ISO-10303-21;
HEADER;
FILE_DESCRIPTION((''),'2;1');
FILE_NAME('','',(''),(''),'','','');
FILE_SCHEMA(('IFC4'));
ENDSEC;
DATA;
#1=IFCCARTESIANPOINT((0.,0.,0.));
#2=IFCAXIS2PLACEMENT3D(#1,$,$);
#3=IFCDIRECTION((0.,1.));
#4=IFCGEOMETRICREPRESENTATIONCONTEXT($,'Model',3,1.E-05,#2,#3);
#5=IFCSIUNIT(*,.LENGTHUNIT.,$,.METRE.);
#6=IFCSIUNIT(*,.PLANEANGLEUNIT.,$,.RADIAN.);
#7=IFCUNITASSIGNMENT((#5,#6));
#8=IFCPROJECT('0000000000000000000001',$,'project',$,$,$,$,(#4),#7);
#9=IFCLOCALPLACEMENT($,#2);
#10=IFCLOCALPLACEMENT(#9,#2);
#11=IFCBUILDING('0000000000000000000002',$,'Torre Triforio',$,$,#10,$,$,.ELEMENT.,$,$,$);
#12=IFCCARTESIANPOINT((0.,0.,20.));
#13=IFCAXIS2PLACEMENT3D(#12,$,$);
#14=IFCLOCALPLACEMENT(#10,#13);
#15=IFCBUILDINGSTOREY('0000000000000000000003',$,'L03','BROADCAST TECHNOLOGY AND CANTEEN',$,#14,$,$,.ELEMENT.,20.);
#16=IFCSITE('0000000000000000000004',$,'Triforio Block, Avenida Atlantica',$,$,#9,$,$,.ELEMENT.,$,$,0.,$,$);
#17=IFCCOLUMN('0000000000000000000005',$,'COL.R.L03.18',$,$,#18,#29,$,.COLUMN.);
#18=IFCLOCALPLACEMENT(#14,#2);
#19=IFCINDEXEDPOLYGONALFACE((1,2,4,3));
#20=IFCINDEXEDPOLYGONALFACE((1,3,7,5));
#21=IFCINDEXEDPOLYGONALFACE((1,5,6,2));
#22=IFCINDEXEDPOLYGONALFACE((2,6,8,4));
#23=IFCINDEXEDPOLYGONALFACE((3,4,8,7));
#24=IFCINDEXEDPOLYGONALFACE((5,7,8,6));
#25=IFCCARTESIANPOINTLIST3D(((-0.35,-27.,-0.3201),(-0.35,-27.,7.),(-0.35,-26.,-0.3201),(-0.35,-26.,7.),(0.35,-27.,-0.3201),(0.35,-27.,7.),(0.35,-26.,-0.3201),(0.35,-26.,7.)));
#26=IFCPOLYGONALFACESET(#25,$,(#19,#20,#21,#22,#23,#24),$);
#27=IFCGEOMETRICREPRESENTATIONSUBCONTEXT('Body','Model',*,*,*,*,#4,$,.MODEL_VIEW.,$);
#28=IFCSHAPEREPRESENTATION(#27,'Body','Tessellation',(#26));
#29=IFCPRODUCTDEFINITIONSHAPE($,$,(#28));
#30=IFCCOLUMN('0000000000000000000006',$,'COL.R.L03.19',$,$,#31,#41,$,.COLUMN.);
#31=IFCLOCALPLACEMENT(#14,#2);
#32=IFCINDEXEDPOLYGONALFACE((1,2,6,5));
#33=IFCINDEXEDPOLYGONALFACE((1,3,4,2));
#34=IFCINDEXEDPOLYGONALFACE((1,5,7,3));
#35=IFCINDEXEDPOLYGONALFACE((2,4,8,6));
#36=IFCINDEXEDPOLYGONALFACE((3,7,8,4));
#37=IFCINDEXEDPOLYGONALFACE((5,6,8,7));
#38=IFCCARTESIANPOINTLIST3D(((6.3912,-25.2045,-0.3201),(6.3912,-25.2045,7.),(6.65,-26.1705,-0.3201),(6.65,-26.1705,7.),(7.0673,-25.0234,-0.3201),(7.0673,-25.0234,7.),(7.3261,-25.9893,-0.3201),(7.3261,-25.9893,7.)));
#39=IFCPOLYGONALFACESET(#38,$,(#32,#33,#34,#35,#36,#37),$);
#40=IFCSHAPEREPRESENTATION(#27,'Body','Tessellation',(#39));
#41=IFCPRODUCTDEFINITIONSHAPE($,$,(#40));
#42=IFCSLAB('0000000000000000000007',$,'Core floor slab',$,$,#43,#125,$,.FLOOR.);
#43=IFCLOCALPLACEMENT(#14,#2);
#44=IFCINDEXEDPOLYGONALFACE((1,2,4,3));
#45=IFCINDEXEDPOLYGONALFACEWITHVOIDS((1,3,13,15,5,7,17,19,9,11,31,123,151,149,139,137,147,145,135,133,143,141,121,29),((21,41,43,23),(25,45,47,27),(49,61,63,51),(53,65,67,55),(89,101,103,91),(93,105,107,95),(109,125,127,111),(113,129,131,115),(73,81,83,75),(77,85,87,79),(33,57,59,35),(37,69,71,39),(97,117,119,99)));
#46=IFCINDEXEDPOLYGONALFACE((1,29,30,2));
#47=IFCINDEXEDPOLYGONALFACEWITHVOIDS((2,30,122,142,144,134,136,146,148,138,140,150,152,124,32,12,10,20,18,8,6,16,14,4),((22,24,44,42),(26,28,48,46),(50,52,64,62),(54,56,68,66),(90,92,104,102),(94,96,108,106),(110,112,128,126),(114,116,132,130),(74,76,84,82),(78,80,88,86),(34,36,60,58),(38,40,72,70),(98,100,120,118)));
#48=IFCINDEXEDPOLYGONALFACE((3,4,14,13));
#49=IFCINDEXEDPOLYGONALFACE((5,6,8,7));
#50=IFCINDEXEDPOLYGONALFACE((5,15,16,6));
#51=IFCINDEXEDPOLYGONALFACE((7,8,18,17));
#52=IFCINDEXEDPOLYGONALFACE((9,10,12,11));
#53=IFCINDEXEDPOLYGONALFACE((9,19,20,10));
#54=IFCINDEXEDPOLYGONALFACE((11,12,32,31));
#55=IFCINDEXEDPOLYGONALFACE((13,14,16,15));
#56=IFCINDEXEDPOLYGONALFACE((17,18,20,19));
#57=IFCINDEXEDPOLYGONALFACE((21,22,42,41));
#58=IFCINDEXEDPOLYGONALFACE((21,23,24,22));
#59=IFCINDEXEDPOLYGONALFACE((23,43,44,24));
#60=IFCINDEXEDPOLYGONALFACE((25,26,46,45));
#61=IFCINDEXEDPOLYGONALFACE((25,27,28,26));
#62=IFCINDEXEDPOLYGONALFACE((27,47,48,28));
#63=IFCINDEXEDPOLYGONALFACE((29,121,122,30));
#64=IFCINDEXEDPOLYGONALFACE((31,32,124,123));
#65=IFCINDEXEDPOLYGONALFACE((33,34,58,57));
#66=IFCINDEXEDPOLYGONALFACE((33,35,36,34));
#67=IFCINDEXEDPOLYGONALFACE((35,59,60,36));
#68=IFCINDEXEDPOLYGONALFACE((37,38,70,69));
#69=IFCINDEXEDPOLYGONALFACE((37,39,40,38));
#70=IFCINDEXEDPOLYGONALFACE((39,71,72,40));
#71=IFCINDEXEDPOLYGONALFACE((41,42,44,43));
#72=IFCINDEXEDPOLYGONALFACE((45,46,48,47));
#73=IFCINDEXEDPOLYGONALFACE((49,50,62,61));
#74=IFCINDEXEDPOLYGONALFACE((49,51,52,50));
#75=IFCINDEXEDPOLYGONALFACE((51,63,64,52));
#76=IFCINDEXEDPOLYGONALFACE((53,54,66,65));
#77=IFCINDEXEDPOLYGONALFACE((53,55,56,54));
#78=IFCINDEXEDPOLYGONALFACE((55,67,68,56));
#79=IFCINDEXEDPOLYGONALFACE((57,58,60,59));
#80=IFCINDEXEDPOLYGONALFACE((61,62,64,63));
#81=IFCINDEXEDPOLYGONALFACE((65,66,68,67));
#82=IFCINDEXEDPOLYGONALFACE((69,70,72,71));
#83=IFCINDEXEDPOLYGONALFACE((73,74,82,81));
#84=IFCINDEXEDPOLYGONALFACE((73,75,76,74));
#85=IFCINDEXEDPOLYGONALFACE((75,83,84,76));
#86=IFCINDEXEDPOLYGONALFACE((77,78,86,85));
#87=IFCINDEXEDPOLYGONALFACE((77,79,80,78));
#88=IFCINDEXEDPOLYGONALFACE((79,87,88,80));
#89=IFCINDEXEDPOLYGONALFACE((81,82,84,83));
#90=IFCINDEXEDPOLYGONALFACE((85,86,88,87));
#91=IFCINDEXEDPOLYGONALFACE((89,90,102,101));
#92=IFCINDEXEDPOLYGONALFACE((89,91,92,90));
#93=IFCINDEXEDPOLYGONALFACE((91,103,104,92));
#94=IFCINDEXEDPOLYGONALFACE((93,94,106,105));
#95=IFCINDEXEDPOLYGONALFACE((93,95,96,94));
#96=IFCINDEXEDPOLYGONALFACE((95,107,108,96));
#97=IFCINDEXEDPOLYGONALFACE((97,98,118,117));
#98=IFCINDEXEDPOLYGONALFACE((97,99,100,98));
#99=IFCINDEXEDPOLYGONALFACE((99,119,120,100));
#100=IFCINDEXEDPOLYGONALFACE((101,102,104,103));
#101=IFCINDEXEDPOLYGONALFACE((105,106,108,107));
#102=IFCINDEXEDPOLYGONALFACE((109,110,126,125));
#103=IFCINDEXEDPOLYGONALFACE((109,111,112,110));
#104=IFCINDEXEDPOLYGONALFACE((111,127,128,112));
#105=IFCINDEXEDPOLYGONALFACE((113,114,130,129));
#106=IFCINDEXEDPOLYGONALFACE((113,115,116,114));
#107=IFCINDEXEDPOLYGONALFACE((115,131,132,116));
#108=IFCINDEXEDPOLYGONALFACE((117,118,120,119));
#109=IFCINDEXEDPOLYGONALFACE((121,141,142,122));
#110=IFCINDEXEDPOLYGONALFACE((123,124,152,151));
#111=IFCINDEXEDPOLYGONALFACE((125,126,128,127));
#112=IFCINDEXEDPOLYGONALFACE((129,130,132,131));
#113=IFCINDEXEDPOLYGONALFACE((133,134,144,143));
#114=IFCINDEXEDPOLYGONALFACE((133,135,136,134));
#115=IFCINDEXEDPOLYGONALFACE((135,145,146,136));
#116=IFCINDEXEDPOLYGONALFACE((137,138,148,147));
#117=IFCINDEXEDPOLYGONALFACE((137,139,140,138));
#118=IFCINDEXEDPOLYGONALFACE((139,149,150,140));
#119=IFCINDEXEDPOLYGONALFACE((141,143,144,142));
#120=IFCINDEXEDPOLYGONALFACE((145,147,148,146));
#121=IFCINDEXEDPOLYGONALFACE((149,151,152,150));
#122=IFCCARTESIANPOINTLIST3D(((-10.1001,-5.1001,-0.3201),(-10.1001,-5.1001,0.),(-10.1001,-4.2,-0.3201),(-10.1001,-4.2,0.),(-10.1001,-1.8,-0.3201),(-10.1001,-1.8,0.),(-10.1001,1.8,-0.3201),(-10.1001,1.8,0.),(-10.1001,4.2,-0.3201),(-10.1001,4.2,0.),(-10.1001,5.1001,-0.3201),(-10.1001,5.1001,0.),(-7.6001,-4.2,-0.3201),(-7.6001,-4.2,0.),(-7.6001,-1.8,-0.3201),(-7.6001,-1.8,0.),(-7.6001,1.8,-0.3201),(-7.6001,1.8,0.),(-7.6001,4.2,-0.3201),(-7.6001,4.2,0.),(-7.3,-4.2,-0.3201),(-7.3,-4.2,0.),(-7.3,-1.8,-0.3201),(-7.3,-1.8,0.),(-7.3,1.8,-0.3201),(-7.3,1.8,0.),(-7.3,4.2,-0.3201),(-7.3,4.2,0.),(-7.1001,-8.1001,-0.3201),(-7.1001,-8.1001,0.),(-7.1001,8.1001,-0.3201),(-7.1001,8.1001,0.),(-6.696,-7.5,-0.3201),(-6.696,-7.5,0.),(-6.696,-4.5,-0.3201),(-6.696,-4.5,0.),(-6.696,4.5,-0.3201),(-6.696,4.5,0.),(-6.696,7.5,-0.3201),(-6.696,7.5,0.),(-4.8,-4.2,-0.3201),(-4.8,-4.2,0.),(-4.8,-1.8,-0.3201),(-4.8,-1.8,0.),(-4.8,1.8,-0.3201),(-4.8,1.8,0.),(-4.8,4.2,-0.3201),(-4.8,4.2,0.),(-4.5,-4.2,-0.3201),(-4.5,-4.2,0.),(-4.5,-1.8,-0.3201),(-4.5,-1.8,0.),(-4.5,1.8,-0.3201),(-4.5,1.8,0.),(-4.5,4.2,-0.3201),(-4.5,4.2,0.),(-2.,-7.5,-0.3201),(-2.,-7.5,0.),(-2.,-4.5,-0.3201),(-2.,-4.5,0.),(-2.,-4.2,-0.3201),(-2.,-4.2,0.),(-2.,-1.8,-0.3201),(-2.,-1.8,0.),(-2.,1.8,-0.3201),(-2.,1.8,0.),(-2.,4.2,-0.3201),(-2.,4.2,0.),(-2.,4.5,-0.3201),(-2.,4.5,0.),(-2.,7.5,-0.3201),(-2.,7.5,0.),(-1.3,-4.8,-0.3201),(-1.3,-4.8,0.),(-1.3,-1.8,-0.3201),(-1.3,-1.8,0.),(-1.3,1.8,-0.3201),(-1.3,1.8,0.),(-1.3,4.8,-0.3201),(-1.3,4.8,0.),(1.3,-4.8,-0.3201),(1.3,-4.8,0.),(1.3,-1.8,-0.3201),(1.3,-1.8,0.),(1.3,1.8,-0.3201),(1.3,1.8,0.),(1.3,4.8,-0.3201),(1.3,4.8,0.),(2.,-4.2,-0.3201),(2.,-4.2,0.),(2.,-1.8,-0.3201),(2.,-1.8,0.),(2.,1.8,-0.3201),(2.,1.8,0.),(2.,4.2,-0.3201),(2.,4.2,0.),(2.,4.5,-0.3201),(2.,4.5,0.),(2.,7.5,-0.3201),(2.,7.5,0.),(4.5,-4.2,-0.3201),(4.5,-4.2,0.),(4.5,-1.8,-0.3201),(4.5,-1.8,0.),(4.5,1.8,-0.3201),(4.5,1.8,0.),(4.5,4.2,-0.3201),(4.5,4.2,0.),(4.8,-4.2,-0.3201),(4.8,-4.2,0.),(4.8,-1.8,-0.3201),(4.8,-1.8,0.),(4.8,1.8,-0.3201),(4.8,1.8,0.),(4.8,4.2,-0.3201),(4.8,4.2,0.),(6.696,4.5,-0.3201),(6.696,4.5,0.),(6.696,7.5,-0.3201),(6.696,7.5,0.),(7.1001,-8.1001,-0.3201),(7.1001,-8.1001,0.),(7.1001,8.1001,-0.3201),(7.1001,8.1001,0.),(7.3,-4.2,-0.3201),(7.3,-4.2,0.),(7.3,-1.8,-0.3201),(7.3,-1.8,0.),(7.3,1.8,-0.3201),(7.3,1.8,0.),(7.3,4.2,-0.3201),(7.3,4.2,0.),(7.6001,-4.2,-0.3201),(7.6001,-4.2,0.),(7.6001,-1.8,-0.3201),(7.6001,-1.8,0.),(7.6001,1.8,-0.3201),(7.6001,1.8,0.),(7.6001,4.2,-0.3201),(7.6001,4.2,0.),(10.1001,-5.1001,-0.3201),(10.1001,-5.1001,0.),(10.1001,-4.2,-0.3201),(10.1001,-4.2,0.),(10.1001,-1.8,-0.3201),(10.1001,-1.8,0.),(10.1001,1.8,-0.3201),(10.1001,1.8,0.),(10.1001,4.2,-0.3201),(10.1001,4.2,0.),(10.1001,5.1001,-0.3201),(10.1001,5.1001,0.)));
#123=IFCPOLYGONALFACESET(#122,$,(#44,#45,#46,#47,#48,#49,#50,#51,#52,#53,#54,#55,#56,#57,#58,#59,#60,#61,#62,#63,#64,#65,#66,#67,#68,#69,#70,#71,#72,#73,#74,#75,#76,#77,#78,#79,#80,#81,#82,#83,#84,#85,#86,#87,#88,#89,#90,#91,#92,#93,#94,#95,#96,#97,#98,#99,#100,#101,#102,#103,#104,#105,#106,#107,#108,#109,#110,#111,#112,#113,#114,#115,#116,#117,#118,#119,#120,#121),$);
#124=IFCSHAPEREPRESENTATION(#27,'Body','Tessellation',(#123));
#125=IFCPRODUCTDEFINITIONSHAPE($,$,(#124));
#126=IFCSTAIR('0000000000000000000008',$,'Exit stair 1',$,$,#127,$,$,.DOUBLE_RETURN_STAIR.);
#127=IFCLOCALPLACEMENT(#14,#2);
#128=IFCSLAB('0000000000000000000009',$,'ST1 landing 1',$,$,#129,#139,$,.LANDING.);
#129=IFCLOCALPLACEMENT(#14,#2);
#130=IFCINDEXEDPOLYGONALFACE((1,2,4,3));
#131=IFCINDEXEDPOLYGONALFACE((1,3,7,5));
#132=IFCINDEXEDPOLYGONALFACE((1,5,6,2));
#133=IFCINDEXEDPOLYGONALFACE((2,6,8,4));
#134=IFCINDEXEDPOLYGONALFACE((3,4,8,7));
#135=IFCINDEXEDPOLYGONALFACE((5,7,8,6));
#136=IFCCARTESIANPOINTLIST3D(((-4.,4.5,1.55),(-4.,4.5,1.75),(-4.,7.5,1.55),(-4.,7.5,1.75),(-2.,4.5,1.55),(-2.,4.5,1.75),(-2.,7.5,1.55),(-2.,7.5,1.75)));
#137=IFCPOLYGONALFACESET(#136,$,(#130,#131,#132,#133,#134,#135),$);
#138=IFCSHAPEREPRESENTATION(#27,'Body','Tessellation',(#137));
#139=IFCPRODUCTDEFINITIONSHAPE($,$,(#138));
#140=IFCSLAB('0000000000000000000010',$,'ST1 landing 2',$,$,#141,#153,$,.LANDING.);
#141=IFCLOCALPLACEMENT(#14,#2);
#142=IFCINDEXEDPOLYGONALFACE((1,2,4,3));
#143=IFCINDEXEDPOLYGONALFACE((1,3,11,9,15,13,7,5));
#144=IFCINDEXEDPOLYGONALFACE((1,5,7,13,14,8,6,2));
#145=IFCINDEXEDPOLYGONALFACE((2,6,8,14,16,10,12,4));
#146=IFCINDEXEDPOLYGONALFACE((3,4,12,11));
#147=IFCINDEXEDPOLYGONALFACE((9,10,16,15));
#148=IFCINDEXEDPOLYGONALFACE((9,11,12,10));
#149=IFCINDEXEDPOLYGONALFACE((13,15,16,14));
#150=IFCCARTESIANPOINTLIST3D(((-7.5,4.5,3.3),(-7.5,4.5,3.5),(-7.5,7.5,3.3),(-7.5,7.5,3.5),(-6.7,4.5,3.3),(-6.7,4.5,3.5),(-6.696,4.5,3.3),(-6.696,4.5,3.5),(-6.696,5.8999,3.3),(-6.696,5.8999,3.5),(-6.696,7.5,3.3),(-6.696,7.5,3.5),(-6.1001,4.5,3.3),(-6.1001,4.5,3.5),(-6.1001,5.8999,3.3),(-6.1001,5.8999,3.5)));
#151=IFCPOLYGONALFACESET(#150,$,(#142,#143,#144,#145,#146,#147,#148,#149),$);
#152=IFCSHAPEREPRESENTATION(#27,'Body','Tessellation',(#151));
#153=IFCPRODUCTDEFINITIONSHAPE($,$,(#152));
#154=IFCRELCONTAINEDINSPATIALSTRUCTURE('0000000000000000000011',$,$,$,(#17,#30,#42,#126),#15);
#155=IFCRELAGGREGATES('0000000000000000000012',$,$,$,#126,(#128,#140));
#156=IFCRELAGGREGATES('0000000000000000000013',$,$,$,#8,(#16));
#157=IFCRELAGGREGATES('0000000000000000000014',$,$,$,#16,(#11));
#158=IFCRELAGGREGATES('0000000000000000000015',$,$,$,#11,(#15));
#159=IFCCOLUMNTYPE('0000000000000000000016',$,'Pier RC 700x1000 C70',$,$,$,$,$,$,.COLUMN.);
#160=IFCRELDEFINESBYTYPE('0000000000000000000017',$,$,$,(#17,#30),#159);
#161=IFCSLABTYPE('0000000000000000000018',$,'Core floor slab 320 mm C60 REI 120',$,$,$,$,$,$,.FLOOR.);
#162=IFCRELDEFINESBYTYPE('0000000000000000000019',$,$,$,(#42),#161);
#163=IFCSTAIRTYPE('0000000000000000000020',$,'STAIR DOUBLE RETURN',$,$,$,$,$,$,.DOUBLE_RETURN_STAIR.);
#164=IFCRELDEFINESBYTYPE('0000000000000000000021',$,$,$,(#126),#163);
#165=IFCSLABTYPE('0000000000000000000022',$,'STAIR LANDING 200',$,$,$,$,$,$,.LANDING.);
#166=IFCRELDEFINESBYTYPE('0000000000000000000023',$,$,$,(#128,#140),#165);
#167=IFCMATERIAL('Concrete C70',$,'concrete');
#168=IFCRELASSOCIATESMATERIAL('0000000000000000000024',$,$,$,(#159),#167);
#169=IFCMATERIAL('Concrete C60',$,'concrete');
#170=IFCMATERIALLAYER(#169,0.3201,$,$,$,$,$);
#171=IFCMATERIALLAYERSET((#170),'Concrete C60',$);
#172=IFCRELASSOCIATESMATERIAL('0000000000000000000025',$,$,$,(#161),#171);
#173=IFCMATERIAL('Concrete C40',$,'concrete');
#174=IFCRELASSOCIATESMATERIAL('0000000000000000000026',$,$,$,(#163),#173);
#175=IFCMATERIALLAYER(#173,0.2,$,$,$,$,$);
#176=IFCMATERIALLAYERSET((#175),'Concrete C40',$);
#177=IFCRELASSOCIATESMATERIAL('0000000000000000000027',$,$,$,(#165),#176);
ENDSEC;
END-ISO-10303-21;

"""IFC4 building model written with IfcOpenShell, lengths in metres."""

from ifc_helpers import new_model, si_unit, direction, frame, origin, origin_2d, place, context, subcontext, project, spatial, polyline, rectangle, outline, extrude, material, layer, layer_set, material_profile, profile_set, type_object, element, aggregate, save


model = new_model("IFC4")

# Units and contexts
model_context = context("Model", 3, precision=1e-05, world=origin(), true_north=direction((0.0, 1.0)))
body_context = subcontext(model_context, "Body", "Model", "MODEL_VIEW")
ifc_project = project(units=[si_unit("LENGTHUNIT", "METRE"), si_unit("PLANEANGLEUNIT", "RADIAN")], contexts=[model_context])

# Site, building, storey
site_placement = place(None, origin())
site = spatial("IfcSite", under=ifc_project, at=site_placement, Name="Triforio Block, Avenida Atlantica", CompositionType="ELEMENT", RefElevation=0.0)
building_placement = place(site_placement, origin())
building = spatial("IfcBuilding", under=site, at=building_placement, Name="Torre Triforio", CompositionType="ELEMENT")
storey_placement = place(building_placement, frame((0.0, 0.0, 20.0)))
storey = spatial("IfcBuildingStorey", under=building, at=storey_placement, Name="L03", Description="BROADCAST TECHNOLOGY AND CANTEEN", CompositionType="ELEMENT", Elevation=20.0)

# Columns
ifc_material_1 = material(Name="Concrete C70", Category="concrete")
ifc_material_profile_1 = material_profile(ifc_material_1, rectangle(XDim=0.7, YDim=1.0, at=origin_2d()), Name="RC 700x1000")
ifc_profile_set_1 = profile_set([ifc_material_profile_1], Name="Concrete C70")
column_type = type_object("IfcColumnType", Name="Pier RC 700x1000 C70", PredefinedType="COLUMN", material=ifc_profile_set_1)
for number, where, z_axis, x_axis, name in (
    (1, (0.0, -26.5, -0.3201), (0.0, 0.0, 1.0), (1.0, 0.0, 0.0), "COL.R.L03.18"),
    (2, (6.8586, -25.5969, -0.3201), (0.0, 0.0, 1.0), (0.965926, 0.258819, 0.0), "COL.R.L03.19"),
):
    element("IfcColumn", number, at=place(storey_placement, frame(where, z_axis=z_axis, x_axis=x_axis)), inside=storey, type_object=column_type, Name=name, PredefinedType="COLUMN", context=body_context, shape_type="SweptSolid", body=[
        extrude(rectangle(XDim=0.7, YDim=1.0, at=origin_2d()), origin(), (0.0, 0.0, 1.0), 7.3201),
    ])

# Slab
ifc_material_2 = material(Name="Concrete C60", Category="concrete")
ifc_layer_1 = layer(ifc_material_2, 0.3201)
ifc_layer_set_1 = layer_set([ifc_layer_1], Name="Concrete C60")
slab_type_1 = type_object("IfcSlabType", Name="Core floor slab 320 mm C60 REI 120", PredefinedType="FLOOR", material=ifc_layer_set_1)
slab_1_placement = place(storey_placement, frame((0.0, 0.0, -0.3201)))
element("IfcSlab", 3, at=slab_1_placement, inside=storey, type_object=slab_type_1, Name="Core floor slab", PredefinedType="FLOOR", context=body_context, shape_type="SweptSolid", body=[
    extrude(outline(polyline([(10.1001, -5.1001), (7.1001, -8.1001), (-7.1001, -8.1001), (-10.1001, -5.1001), (-10.1001, -4.2), (-7.6001, -4.2), (-7.6001, -1.8), (-10.1001, -1.8), (-10.1001, 1.8), (-7.6001, 1.8), (-7.6001, 4.2), (-10.1001, 4.2), (-10.1001, 5.1001), (-7.1001, 8.1001), (7.1001, 8.1001), (10.1001, 5.1001), (10.1001, 4.2), (7.6001, 4.2), (7.6001, 1.8), (10.1001, 1.8), (10.1001, -1.8), (7.6001, -1.8), (7.6001, -4.2), (10.1001, -4.2), (10.1001, -5.1001)]), holes=[polyline([(-2.0, -4.5), (-6.696, -4.5), (-6.696, -7.5), (-2.0, -7.5), (-2.0, -4.5)]), polyline([(-4.8, -1.8), (-7.3, -1.8), (-7.3, -4.2), (-4.8, -4.2), (-4.8, -1.8)]), polyline([(-2.0, -1.8), (-4.5, -1.8), (-4.5, -4.2), (-2.0, -4.2), (-2.0, -1.8)]), polyline([(-4.8, 4.2), (-7.3, 4.2), (-7.3, 1.8), (-4.8, 1.8), (-4.8, 4.2)]), polyline([(-2.0, 4.2), (-4.5, 4.2), (-4.5, 1.8), (-2.0, 1.8), (-2.0, 4.2)]), polyline([(1.3, 4.8), (-1.3, 4.8), (-1.3, 1.8), (1.3, 1.8), (1.3, 4.8)]), polyline([(-2.0, 7.5), (-6.696, 7.5), (-6.696, 4.5), (-2.0, 4.5), (-2.0, 7.5)]), polyline([(1.3, -1.8), (-1.3, -1.8), (-1.3, -4.8), (1.3, -4.8), (1.3, -1.8)]), polyline([(4.5, -1.8), (2.0, -1.8), (2.0, -4.2), (4.5, -4.2), (4.5, -1.8)]), polyline([(7.3, -1.8), (4.8, -1.8), (4.8, -4.2), (7.3, -4.2), (7.3, -1.8)]), polyline([(4.5, 4.2), (2.0, 4.2), (2.0, 1.8), (4.5, 1.8), (4.5, 4.2)]), polyline([(7.3, 4.2), (4.8, 4.2), (4.8, 1.8), (7.3, 1.8), (7.3, 4.2)]), polyline([(6.696, 4.5), (6.696, 7.5), (2.0, 7.5), (2.0, 4.5), (6.696, 4.5)])]), origin(), (0.0, 0.0, 1.0), 0.3201),
])

# Stair, slabs
ifc_material_3 = material(Name="Concrete C40", Category="concrete")
stair_type = type_object("IfcStairType", Name="STAIR DOUBLE RETURN", PredefinedType="DOUBLE_RETURN_STAIR", material=ifc_material_3)
stair_placement = place(storey_placement, origin())
stair = element("IfcStair", 4, at=stair_placement, inside=storey, type_object=stair_type, Name="Exit stair 1", PredefinedType="DOUBLE_RETURN_STAIR")
ifc_layer_2 = layer(ifc_material_3, 0.2)
ifc_layer_set_2 = layer_set([ifc_layer_2], Name="Concrete C40")
slab_type_2 = type_object("IfcSlabType", Name="STAIR LANDING 200", PredefinedType="LANDING", material=ifc_layer_set_2)
slab_2_placement = place(storey_placement, frame((0.0, 0.0, 1.55)))
slab_2 = element("IfcSlab", 5, at=slab_2_placement, type_object=slab_type_2, Name="ST1 landing 1", PredefinedType="LANDING", context=body_context, shape_type="SweptSolid", body=[
    extrude(outline(polyline([(-2.0, 4.5), (-2.0, 7.5), (-4.0, 7.5), (-4.0, 4.5), (-2.0, 4.5)])), origin(), (0.0, 0.0, 1.0), 0.2),
])
slab_3_placement = place(storey_placement, frame((0.0, 0.0, 3.3)))
slab_3 = element("IfcSlab", 6, at=slab_3_placement, type_object=slab_type_2, Name="ST1 landing 2", PredefinedType="LANDING", context=body_context, shape_type="SweptSolid", body=[
    extrude(outline(polyline([(-6.1001, 5.8999), (-6.1001, 4.5), (-6.696, 4.5), (-6.7, 4.5), (-7.5, 4.5), (-7.5, 7.5), (-6.696, 7.5), (-6.696, 5.8999), (-6.1001, 5.8999)])), origin(), (0.0, 0.0, 1.0), 0.2),
])
aggregate(stair, [slab_2, slab_3])

save(model, "model.ifc")
